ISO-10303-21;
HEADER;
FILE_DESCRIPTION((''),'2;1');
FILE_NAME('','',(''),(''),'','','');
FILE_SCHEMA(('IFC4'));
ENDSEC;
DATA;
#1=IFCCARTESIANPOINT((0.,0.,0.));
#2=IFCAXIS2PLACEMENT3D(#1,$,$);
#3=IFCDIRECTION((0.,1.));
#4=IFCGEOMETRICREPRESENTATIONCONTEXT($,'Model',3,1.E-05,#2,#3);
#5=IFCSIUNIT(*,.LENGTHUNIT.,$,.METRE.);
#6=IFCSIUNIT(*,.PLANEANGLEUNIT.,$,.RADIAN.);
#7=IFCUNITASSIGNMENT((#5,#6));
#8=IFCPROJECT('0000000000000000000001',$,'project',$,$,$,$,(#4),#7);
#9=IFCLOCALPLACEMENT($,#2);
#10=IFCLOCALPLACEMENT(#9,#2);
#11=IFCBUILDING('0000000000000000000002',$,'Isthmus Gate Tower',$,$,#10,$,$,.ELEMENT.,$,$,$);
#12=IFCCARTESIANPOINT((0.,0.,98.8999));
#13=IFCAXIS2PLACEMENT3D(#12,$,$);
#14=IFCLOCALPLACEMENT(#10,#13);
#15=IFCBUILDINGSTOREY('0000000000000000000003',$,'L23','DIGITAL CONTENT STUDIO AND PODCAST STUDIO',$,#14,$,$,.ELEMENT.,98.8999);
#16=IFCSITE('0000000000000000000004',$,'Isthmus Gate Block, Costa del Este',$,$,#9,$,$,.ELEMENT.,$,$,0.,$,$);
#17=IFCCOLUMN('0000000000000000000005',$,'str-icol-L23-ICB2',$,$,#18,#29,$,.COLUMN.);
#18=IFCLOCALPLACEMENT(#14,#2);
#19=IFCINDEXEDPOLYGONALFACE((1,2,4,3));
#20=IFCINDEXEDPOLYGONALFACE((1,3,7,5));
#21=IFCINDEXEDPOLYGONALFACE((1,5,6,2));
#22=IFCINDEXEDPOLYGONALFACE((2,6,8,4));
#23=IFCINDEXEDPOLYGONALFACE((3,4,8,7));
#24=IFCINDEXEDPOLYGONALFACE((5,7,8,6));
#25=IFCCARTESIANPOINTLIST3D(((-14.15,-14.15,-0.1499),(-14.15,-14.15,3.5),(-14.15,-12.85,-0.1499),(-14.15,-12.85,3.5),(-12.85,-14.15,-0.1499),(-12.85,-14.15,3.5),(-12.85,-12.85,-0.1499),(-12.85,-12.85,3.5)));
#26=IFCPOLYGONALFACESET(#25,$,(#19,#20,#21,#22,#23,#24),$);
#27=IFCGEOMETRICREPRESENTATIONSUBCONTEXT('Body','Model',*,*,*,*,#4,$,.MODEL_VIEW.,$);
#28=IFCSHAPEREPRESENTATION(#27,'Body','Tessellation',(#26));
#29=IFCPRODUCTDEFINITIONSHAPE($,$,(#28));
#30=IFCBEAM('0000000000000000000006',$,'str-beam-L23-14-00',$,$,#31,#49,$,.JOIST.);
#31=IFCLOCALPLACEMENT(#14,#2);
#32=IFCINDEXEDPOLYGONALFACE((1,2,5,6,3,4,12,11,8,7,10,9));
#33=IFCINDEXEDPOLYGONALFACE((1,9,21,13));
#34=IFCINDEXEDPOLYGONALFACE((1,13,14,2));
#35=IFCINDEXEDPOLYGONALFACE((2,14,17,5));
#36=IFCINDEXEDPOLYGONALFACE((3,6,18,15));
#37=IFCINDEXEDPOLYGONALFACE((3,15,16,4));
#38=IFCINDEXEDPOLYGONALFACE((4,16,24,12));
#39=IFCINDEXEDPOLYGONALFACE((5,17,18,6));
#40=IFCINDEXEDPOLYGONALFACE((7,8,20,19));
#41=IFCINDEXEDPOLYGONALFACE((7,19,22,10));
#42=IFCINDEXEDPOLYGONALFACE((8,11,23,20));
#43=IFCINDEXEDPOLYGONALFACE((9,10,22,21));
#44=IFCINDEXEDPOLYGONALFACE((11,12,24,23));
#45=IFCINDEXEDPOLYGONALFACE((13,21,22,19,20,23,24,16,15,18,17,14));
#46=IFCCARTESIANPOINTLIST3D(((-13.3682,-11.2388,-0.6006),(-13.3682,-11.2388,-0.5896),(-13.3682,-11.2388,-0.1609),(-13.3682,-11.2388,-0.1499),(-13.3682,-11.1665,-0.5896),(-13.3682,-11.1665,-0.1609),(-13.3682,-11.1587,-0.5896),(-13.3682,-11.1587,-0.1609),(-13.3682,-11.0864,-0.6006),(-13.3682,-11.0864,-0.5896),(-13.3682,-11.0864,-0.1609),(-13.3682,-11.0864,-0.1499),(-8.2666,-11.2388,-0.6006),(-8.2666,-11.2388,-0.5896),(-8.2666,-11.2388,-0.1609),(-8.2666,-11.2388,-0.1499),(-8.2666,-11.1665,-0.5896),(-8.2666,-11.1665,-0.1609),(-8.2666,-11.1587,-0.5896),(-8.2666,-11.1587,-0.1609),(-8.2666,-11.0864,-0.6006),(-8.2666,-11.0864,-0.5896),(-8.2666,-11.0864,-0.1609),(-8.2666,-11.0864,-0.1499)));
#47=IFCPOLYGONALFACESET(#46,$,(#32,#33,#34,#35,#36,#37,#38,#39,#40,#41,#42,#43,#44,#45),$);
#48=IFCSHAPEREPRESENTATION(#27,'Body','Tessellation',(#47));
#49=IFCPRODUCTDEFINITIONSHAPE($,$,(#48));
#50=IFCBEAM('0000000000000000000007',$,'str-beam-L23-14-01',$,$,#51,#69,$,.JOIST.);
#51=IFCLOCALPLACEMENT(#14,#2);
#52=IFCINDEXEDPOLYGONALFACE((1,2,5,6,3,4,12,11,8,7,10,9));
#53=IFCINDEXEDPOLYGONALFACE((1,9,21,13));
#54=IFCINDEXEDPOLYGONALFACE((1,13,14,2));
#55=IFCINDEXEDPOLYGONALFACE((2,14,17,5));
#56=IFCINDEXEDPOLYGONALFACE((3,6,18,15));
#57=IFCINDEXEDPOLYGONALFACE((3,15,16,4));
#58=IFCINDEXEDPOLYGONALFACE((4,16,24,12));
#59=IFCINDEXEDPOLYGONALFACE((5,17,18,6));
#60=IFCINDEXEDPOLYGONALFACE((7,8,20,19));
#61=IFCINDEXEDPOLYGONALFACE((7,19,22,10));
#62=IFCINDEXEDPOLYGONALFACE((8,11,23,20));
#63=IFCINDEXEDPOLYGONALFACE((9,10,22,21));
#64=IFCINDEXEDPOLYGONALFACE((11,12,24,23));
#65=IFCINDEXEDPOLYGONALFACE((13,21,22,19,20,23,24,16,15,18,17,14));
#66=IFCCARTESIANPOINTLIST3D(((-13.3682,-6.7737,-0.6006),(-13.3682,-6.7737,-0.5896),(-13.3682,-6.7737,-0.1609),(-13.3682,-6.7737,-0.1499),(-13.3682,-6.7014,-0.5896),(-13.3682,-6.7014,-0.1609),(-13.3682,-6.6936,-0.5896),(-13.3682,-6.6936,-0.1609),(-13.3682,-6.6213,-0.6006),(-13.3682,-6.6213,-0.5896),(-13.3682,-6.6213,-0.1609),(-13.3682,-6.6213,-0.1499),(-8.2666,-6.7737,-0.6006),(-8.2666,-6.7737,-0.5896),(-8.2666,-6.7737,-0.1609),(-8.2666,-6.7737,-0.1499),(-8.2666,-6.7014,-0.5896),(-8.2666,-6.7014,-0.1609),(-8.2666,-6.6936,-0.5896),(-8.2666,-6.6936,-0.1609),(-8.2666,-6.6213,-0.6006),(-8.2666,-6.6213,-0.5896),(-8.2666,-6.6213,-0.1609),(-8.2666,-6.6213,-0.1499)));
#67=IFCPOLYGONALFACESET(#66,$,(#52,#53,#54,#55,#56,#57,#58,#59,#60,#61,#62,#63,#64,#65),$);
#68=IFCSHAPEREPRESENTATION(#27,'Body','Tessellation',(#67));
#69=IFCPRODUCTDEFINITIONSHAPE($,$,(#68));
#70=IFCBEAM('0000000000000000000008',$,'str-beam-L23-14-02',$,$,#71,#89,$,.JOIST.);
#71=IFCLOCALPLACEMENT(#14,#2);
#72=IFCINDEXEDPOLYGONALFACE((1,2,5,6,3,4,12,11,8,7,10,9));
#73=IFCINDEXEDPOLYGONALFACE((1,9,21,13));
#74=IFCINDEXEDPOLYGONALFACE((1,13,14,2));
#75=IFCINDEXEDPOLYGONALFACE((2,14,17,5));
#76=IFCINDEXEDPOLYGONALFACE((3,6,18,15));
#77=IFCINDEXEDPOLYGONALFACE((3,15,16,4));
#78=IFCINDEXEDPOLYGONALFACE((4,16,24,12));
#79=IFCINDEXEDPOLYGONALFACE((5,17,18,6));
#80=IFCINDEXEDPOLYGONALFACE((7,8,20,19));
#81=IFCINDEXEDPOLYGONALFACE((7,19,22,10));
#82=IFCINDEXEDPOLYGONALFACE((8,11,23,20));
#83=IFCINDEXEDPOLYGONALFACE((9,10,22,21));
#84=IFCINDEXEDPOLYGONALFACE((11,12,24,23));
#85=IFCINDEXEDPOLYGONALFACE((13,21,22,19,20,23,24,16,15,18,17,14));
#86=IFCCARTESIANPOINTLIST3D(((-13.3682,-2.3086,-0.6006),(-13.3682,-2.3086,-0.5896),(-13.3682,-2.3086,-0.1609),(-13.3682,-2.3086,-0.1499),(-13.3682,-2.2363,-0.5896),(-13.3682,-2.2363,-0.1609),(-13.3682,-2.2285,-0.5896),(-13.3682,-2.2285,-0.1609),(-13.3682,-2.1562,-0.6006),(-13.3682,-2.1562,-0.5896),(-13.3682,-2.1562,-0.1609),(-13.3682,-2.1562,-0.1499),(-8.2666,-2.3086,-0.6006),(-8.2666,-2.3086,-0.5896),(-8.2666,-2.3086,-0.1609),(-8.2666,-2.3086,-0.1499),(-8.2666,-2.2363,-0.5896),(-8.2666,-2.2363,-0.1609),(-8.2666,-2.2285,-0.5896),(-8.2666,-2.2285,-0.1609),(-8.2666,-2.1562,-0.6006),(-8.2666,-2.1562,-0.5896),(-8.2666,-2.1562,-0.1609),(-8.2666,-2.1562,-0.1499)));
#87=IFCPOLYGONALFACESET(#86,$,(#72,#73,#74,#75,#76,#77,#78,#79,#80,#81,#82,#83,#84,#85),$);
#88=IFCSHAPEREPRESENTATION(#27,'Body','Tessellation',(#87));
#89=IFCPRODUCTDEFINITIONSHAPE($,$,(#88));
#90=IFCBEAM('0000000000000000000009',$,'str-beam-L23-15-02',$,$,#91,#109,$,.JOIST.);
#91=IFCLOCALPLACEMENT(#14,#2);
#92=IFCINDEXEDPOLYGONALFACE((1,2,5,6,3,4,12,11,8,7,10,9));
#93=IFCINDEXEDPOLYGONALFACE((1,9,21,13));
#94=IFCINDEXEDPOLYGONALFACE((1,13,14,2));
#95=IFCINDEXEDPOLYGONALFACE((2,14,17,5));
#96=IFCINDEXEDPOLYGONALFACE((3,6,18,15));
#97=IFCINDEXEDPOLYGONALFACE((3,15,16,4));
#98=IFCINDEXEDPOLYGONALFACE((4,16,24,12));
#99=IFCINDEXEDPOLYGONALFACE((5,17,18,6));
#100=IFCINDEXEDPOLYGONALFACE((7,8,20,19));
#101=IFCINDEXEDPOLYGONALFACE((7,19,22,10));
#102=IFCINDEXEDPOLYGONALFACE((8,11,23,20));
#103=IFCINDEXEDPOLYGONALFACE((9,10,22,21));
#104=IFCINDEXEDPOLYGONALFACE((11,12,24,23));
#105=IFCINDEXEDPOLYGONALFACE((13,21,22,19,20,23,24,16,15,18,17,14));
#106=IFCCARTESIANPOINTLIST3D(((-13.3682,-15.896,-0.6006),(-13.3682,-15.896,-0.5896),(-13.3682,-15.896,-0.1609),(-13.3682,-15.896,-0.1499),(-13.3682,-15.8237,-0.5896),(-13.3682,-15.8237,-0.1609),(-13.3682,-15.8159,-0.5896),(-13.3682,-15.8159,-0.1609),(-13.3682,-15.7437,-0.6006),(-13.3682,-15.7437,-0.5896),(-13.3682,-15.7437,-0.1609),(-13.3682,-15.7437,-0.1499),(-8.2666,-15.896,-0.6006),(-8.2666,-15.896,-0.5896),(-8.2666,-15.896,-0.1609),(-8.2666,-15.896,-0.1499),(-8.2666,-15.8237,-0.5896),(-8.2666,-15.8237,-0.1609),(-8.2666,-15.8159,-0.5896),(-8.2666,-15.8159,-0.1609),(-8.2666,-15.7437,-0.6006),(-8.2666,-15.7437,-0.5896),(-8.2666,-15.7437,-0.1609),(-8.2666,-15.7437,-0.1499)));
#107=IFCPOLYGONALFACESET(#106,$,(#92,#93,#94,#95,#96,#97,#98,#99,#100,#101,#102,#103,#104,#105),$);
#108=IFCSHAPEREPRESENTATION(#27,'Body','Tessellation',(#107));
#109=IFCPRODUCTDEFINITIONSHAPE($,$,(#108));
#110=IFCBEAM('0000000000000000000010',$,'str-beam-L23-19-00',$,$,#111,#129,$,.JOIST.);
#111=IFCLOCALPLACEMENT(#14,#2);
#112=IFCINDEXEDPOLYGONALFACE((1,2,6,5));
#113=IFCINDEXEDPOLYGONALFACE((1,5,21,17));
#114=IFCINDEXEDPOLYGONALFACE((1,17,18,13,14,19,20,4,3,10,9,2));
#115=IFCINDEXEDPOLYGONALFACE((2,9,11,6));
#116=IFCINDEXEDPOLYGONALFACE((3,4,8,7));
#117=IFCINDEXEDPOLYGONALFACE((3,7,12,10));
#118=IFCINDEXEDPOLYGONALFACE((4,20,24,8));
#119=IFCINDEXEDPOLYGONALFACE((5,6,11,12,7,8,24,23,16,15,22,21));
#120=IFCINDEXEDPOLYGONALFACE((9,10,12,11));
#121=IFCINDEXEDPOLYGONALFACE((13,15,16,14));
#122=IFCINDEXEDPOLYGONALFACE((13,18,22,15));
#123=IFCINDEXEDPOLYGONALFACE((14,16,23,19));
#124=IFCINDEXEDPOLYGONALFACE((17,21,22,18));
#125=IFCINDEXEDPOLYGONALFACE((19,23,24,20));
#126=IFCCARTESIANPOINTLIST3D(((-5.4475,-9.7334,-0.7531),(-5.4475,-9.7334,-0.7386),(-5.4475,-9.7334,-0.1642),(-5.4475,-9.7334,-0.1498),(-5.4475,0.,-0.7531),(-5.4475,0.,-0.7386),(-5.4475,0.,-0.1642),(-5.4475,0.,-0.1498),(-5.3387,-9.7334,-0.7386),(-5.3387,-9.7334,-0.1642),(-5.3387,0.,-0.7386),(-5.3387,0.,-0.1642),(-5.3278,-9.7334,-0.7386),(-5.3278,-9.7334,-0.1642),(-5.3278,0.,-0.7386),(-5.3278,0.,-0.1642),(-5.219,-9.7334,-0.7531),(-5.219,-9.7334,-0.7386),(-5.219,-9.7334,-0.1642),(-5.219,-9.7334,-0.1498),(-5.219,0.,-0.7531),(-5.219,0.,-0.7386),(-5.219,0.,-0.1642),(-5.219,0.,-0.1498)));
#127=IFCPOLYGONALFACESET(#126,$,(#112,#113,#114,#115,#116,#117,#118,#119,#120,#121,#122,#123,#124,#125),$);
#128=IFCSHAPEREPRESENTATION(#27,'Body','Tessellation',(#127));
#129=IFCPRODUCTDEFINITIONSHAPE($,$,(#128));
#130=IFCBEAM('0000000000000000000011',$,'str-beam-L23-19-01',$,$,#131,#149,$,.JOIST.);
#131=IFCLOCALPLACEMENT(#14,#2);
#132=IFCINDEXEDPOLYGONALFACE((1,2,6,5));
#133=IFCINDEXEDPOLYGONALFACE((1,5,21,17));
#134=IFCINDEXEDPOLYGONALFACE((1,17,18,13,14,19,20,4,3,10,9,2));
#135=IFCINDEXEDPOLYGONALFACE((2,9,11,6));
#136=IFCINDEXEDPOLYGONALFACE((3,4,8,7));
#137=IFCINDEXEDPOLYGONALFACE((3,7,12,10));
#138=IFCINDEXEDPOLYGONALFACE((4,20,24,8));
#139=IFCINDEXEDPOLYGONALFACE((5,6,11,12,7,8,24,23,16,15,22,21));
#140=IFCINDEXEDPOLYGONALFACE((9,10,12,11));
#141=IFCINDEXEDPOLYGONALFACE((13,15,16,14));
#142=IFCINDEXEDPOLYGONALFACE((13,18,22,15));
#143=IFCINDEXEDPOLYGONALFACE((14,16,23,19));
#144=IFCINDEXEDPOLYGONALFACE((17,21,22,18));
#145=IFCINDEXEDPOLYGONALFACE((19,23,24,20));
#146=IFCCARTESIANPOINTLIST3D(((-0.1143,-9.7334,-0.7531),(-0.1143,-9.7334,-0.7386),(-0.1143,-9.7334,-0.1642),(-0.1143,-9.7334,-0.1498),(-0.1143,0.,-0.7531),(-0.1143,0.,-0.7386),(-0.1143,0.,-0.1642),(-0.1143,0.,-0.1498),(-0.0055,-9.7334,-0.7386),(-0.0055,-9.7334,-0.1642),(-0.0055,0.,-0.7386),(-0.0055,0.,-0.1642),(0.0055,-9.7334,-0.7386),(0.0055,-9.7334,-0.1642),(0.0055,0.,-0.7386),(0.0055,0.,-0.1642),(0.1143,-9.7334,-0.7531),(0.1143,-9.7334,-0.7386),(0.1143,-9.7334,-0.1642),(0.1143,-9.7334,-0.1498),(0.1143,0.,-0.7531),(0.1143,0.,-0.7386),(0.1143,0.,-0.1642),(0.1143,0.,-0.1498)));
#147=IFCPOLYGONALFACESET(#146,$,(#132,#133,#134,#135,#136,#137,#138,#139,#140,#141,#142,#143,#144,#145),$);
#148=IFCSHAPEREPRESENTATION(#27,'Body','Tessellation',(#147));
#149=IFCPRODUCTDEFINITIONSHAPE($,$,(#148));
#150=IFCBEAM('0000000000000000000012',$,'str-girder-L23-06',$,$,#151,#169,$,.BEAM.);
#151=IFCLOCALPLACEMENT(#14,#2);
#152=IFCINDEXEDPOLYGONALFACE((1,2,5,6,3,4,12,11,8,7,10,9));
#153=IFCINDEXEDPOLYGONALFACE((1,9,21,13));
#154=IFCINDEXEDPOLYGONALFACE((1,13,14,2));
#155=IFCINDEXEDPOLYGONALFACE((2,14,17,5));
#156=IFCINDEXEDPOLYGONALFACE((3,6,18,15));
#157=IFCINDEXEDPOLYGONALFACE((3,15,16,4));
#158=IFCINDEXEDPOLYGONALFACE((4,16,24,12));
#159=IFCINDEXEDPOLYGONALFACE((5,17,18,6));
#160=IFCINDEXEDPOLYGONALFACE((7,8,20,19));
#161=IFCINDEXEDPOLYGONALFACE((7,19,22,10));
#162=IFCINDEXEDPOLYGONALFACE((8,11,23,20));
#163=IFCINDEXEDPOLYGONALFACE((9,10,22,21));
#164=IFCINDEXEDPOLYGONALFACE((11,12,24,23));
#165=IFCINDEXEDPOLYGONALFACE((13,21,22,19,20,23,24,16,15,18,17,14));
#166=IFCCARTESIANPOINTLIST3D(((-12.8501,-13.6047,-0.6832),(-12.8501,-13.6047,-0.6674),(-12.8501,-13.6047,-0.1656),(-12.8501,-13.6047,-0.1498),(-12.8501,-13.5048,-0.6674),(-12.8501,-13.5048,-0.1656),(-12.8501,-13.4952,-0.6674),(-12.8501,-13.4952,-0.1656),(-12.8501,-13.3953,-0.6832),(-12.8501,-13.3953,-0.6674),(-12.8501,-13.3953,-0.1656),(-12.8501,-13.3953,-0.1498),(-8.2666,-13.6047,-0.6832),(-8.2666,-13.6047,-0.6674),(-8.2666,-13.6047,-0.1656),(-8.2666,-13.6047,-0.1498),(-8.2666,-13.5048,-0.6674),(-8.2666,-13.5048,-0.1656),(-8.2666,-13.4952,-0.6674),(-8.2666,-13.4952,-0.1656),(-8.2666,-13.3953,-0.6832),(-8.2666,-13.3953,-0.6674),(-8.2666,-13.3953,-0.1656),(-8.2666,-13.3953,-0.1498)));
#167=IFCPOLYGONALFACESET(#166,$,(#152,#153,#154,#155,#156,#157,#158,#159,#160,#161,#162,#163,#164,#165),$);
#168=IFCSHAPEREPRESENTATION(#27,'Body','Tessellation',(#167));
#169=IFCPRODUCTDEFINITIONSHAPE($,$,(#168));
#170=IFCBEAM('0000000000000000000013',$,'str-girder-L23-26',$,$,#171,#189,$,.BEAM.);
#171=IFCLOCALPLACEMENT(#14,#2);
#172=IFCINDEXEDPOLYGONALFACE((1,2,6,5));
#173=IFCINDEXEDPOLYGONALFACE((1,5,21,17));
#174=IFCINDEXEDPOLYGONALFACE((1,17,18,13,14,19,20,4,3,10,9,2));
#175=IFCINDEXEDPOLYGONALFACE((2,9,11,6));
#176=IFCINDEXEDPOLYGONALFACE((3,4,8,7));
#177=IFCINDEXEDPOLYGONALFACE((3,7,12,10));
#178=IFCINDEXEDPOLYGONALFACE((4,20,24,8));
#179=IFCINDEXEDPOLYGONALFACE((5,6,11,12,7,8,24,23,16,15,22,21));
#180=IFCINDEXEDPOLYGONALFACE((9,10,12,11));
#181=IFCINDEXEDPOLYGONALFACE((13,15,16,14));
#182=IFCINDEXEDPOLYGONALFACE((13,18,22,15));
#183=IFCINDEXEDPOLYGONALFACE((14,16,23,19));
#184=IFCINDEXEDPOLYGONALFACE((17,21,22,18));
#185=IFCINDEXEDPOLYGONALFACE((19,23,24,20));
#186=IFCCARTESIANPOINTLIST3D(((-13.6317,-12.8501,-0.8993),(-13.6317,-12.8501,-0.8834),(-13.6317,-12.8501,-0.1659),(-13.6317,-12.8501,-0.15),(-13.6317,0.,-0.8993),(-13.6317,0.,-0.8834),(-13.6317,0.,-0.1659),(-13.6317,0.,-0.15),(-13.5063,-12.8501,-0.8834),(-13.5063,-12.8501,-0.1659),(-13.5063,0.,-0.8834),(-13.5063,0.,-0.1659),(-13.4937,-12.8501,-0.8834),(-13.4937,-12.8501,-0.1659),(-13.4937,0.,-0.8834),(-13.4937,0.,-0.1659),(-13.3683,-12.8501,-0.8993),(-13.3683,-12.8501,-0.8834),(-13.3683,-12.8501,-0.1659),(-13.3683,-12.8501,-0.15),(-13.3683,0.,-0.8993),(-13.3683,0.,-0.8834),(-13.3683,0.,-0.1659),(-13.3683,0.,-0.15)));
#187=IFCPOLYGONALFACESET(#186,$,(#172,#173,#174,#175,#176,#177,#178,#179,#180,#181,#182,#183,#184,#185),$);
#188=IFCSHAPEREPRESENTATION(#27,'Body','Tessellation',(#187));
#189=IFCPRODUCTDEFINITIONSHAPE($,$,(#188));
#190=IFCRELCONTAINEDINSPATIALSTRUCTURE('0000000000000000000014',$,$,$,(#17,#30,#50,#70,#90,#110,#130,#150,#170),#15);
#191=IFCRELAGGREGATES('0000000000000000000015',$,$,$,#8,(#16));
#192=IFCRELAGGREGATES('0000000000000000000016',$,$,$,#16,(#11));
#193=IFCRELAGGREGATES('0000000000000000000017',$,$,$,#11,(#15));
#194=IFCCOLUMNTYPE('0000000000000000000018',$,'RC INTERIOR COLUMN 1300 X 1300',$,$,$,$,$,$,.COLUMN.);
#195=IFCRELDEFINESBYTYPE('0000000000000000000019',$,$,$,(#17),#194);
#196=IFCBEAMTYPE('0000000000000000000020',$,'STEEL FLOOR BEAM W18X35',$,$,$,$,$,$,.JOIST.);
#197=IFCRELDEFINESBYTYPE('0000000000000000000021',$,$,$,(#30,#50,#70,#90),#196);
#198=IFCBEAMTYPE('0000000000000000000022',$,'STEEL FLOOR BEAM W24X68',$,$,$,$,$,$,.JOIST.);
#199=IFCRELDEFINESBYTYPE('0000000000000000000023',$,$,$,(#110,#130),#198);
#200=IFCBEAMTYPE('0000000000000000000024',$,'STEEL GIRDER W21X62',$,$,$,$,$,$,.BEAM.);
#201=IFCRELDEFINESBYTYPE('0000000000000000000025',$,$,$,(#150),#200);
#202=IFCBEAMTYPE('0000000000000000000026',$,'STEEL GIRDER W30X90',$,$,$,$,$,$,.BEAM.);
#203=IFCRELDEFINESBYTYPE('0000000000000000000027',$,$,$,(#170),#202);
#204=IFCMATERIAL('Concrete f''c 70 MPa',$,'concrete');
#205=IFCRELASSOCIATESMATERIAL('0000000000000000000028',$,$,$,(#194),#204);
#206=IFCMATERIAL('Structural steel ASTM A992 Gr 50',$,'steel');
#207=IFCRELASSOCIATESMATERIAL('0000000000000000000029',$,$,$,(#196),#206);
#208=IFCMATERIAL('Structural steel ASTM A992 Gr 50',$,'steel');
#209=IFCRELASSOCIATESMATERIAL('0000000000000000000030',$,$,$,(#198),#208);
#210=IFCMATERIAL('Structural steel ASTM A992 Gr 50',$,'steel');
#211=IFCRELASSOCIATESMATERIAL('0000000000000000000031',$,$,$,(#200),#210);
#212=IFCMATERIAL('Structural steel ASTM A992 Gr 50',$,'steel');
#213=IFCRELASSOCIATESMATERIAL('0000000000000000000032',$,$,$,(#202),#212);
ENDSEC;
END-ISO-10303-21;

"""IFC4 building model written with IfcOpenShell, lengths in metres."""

from ifc_helpers import new_model, si_unit, direction, frame, origin, origin_2d, place, context, subcontext, project, spatial, rectangle, i_section, extrude, material, material_profile, profile_set, type_object, element, save


model = new_model("IFC4")

# Units and contexts
model_context = context("Model", 3, precision=1e-05, world=origin(), true_north=direction((0.0, 1.0)))
body_context = subcontext(model_context, "Body", "Model", "MODEL_VIEW")
ifc_project = project(units=[si_unit("LENGTHUNIT", "METRE"), si_unit("PLANEANGLEUNIT", "RADIAN")], contexts=[model_context])

# Site, building, storey
site_placement = place(None, origin())
site = spatial("IfcSite", under=ifc_project, at=site_placement, Name="Isthmus Gate Block, Costa del Este", CompositionType="ELEMENT", RefElevation=0.0)
building_placement = place(site_placement, origin())
building = spatial("IfcBuilding", under=site, at=building_placement, Name="Isthmus Gate Tower", CompositionType="ELEMENT")
storey_placement = place(building_placement, frame((0.0, 0.0, 98.8999)))
storey = spatial("IfcBuildingStorey", under=building, at=storey_placement, Name="L23", Description="DIGITAL CONTENT STUDIO AND PODCAST STUDIO", CompositionType="ELEMENT", Elevation=98.8999)

# Column
ifc_material_1 = material(Name="Concrete f'c 70 MPa", Category="concrete")
ifc_material_profile_1 = material_profile(ifc_material_1, rectangle(XDim=1.3, YDim=1.3, at=origin_2d()), Name="RC 1300X1300")
ifc_profile_set_1 = profile_set([ifc_material_profile_1], Name="Concrete f'c 70 MPa")
column_type = type_object("IfcColumnType", Name="RC INTERIOR COLUMN 1300 X 1300", PredefinedType="COLUMN", material=ifc_profile_set_1)
column_placement = place(storey_placement, frame((-13.5, -13.5, -0.1499), z_axis=(0.0, 0.0, 1.0), x_axis=(1.0, 0.0, 0.0)))
element("IfcColumn", 1, at=column_placement, inside=storey, type_object=column_type, Name="str-icol-L23-ICB2", PredefinedType="COLUMN", context=body_context, shape_type="SweptSolid", body=[
    extrude(rectangle(XDim=1.3, YDim=1.3, at=origin_2d()), origin(), (0.0, 0.0, 1.0), 3.6499),
])

# Beams
ifc_material_2 = material(Name="Structural steel ASTM A992 Gr 50", Category="steel")
ifc_material_profile_2 = material_profile(ifc_material_2, i_section(OverallWidth=0.1523, OverallDepth=0.4507, WebThickness=0.0078, FlangeThickness=0.011, at=origin_2d()), Name="W18X35")
ifc_profile_set_2 = profile_set([ifc_material_profile_2], Name="Structural steel ASTM A992 Gr 50")
beam_type_1 = type_object("IfcBeamType", Name="STEEL FLOOR BEAM W18X35", PredefinedType="JOIST", material=ifc_profile_set_2)
for number, where, z_axis, x_axis, name in (
    (2, (-13.3682, -11.1626, -0.3752), (1.0, 0.0, 0.0), (0.0, 1.0, 0.0), "str-beam-L23-14-00"),
    (3, (-13.3682, -6.6975, -0.3752), (1.0, 0.0, 0.0), (0.0, 1.0, 0.0), "str-beam-L23-14-01"),
    (4, (-13.3682, -2.2324, -0.3752), (1.0, 0.0, 0.0), (0.0, 1.0, 0.0), "str-beam-L23-14-02"),
    (5, (-13.3682, -15.8198, -0.3752), (1.0, 0.0, 0.0), (0.0, 1.0, 0.0), "str-beam-L23-15-02"),
):
    element("IfcBeam", number, at=place(storey_placement, frame(where, z_axis=z_axis, x_axis=x_axis)), inside=storey, type_object=beam_type_1, Name=name, PredefinedType="JOIST", context=body_context, shape_type="SweptSolid", body=[
        extrude(i_section(OverallWidth=0.1523, OverallDepth=0.4507, WebThickness=0.0078, FlangeThickness=0.011, at=origin_2d()), origin(), (0.0, 0.0, 1.0), 5.1016),
    ])
ifc_material_3 = material(Name="Structural steel ASTM A992 Gr 50", Category="steel")
ifc_material_profile_3 = material_profile(ifc_material_3, i_section(OverallWidth=0.2285, OverallDepth=0.6033, WebThickness=0.011, FlangeThickness=0.0144, at=origin_2d()), Name="W24X68")
ifc_profile_set_3 = profile_set([ifc_material_profile_3], Name="Structural steel ASTM A992 Gr 50")
beam_type_2 = type_object("IfcBeamType", Name="STEEL FLOOR BEAM W24X68", PredefinedType="JOIST", material=ifc_profile_set_3)
for number, where, z_axis, x_axis, name in (
    (6, (-5.3333, -9.7334, -0.4514), (0.0, 1.0, 0.0), (-1.0, 0.0, 0.0), "str-beam-L23-19-00"),
    (7, (0.0, -9.7334, -0.4514), (0.0, 1.0, 0.0), (-1.0, 0.0, 0.0), "str-beam-L23-19-01"),
):
    element("IfcBeam", number, at=place(storey_placement, frame(where, z_axis=z_axis, x_axis=x_axis)), inside=storey, type_object=beam_type_2, Name=name, PredefinedType="JOIST", context=body_context, shape_type="SweptSolid", body=[
        extrude(i_section(OverallWidth=0.2285, OverallDepth=0.6033, WebThickness=0.011, FlangeThickness=0.0144, at=origin_2d()), origin(), (0.0, 0.0, 1.0), 9.7334),
    ])
ifc_material_4 = material(Name="Structural steel ASTM A992 Gr 50", Category="steel")
ifc_material_profile_4 = material_profile(ifc_material_4, i_section(OverallWidth=0.2095, OverallDepth=0.5334, WebThickness=0.0095, FlangeThickness=0.0159, at=origin_2d()), Name="W21X62")
ifc_profile_set_4 = profile_set([ifc_material_profile_4], Name="Structural steel ASTM A992 Gr 50")
beam_type_3 = type_object("IfcBeamType", Name="STEEL GIRDER W21X62", PredefinedType="BEAM", material=ifc_profile_set_4)
beam_1_placement = place(storey_placement, frame((-12.8501, -13.5, -0.4165), z_axis=(1.0, 0.0, 0.0), x_axis=(0.0, 1.0, 0.0)))
element("IfcBeam", 8, at=beam_1_placement, inside=storey, type_object=beam_type_3, Name="str-girder-L23-06", PredefinedType="BEAM", context=body_context, shape_type="SweptSolid", body=[
    extrude(i_section(OverallWidth=0.2095, OverallDepth=0.5334, WebThickness=0.0095, FlangeThickness=0.0159, at=origin_2d()), origin(), (0.0, 0.0, 1.0), 4.5835),
])
ifc_material_5 = material(Name="Structural steel ASTM A992 Gr 50", Category="steel")
ifc_material_profile_5 = material_profile(ifc_material_5, i_section(OverallWidth=0.2634, OverallDepth=0.7493, WebThickness=0.0127, FlangeThickness=0.0159, at=origin_2d()), Name="W30X90")
ifc_profile_set_5 = profile_set([ifc_material_profile_5], Name="Structural steel ASTM A992 Gr 50")
beam_type_4 = type_object("IfcBeamType", Name="STEEL GIRDER W30X90", PredefinedType="BEAM", material=ifc_profile_set_5)
beam_2_placement = place(storey_placement, frame((-13.5, -12.8501, -0.5247), z_axis=(0.0, 1.0, 0.0), x_axis=(-1.0, 0.0, 0.0)))
element("IfcBeam", 9, at=beam_2_placement, inside=storey, type_object=beam_type_4, Name="str-girder-L23-26", PredefinedType="BEAM", context=body_context, shape_type="SweptSolid", body=[
    extrude(i_section(OverallWidth=0.2634, OverallDepth=0.7493, WebThickness=0.0127, FlangeThickness=0.0159, at=origin_2d()), origin(), (0.0, 0.0, 1.0), 12.8501),
])

save(model, "model.ifc")
